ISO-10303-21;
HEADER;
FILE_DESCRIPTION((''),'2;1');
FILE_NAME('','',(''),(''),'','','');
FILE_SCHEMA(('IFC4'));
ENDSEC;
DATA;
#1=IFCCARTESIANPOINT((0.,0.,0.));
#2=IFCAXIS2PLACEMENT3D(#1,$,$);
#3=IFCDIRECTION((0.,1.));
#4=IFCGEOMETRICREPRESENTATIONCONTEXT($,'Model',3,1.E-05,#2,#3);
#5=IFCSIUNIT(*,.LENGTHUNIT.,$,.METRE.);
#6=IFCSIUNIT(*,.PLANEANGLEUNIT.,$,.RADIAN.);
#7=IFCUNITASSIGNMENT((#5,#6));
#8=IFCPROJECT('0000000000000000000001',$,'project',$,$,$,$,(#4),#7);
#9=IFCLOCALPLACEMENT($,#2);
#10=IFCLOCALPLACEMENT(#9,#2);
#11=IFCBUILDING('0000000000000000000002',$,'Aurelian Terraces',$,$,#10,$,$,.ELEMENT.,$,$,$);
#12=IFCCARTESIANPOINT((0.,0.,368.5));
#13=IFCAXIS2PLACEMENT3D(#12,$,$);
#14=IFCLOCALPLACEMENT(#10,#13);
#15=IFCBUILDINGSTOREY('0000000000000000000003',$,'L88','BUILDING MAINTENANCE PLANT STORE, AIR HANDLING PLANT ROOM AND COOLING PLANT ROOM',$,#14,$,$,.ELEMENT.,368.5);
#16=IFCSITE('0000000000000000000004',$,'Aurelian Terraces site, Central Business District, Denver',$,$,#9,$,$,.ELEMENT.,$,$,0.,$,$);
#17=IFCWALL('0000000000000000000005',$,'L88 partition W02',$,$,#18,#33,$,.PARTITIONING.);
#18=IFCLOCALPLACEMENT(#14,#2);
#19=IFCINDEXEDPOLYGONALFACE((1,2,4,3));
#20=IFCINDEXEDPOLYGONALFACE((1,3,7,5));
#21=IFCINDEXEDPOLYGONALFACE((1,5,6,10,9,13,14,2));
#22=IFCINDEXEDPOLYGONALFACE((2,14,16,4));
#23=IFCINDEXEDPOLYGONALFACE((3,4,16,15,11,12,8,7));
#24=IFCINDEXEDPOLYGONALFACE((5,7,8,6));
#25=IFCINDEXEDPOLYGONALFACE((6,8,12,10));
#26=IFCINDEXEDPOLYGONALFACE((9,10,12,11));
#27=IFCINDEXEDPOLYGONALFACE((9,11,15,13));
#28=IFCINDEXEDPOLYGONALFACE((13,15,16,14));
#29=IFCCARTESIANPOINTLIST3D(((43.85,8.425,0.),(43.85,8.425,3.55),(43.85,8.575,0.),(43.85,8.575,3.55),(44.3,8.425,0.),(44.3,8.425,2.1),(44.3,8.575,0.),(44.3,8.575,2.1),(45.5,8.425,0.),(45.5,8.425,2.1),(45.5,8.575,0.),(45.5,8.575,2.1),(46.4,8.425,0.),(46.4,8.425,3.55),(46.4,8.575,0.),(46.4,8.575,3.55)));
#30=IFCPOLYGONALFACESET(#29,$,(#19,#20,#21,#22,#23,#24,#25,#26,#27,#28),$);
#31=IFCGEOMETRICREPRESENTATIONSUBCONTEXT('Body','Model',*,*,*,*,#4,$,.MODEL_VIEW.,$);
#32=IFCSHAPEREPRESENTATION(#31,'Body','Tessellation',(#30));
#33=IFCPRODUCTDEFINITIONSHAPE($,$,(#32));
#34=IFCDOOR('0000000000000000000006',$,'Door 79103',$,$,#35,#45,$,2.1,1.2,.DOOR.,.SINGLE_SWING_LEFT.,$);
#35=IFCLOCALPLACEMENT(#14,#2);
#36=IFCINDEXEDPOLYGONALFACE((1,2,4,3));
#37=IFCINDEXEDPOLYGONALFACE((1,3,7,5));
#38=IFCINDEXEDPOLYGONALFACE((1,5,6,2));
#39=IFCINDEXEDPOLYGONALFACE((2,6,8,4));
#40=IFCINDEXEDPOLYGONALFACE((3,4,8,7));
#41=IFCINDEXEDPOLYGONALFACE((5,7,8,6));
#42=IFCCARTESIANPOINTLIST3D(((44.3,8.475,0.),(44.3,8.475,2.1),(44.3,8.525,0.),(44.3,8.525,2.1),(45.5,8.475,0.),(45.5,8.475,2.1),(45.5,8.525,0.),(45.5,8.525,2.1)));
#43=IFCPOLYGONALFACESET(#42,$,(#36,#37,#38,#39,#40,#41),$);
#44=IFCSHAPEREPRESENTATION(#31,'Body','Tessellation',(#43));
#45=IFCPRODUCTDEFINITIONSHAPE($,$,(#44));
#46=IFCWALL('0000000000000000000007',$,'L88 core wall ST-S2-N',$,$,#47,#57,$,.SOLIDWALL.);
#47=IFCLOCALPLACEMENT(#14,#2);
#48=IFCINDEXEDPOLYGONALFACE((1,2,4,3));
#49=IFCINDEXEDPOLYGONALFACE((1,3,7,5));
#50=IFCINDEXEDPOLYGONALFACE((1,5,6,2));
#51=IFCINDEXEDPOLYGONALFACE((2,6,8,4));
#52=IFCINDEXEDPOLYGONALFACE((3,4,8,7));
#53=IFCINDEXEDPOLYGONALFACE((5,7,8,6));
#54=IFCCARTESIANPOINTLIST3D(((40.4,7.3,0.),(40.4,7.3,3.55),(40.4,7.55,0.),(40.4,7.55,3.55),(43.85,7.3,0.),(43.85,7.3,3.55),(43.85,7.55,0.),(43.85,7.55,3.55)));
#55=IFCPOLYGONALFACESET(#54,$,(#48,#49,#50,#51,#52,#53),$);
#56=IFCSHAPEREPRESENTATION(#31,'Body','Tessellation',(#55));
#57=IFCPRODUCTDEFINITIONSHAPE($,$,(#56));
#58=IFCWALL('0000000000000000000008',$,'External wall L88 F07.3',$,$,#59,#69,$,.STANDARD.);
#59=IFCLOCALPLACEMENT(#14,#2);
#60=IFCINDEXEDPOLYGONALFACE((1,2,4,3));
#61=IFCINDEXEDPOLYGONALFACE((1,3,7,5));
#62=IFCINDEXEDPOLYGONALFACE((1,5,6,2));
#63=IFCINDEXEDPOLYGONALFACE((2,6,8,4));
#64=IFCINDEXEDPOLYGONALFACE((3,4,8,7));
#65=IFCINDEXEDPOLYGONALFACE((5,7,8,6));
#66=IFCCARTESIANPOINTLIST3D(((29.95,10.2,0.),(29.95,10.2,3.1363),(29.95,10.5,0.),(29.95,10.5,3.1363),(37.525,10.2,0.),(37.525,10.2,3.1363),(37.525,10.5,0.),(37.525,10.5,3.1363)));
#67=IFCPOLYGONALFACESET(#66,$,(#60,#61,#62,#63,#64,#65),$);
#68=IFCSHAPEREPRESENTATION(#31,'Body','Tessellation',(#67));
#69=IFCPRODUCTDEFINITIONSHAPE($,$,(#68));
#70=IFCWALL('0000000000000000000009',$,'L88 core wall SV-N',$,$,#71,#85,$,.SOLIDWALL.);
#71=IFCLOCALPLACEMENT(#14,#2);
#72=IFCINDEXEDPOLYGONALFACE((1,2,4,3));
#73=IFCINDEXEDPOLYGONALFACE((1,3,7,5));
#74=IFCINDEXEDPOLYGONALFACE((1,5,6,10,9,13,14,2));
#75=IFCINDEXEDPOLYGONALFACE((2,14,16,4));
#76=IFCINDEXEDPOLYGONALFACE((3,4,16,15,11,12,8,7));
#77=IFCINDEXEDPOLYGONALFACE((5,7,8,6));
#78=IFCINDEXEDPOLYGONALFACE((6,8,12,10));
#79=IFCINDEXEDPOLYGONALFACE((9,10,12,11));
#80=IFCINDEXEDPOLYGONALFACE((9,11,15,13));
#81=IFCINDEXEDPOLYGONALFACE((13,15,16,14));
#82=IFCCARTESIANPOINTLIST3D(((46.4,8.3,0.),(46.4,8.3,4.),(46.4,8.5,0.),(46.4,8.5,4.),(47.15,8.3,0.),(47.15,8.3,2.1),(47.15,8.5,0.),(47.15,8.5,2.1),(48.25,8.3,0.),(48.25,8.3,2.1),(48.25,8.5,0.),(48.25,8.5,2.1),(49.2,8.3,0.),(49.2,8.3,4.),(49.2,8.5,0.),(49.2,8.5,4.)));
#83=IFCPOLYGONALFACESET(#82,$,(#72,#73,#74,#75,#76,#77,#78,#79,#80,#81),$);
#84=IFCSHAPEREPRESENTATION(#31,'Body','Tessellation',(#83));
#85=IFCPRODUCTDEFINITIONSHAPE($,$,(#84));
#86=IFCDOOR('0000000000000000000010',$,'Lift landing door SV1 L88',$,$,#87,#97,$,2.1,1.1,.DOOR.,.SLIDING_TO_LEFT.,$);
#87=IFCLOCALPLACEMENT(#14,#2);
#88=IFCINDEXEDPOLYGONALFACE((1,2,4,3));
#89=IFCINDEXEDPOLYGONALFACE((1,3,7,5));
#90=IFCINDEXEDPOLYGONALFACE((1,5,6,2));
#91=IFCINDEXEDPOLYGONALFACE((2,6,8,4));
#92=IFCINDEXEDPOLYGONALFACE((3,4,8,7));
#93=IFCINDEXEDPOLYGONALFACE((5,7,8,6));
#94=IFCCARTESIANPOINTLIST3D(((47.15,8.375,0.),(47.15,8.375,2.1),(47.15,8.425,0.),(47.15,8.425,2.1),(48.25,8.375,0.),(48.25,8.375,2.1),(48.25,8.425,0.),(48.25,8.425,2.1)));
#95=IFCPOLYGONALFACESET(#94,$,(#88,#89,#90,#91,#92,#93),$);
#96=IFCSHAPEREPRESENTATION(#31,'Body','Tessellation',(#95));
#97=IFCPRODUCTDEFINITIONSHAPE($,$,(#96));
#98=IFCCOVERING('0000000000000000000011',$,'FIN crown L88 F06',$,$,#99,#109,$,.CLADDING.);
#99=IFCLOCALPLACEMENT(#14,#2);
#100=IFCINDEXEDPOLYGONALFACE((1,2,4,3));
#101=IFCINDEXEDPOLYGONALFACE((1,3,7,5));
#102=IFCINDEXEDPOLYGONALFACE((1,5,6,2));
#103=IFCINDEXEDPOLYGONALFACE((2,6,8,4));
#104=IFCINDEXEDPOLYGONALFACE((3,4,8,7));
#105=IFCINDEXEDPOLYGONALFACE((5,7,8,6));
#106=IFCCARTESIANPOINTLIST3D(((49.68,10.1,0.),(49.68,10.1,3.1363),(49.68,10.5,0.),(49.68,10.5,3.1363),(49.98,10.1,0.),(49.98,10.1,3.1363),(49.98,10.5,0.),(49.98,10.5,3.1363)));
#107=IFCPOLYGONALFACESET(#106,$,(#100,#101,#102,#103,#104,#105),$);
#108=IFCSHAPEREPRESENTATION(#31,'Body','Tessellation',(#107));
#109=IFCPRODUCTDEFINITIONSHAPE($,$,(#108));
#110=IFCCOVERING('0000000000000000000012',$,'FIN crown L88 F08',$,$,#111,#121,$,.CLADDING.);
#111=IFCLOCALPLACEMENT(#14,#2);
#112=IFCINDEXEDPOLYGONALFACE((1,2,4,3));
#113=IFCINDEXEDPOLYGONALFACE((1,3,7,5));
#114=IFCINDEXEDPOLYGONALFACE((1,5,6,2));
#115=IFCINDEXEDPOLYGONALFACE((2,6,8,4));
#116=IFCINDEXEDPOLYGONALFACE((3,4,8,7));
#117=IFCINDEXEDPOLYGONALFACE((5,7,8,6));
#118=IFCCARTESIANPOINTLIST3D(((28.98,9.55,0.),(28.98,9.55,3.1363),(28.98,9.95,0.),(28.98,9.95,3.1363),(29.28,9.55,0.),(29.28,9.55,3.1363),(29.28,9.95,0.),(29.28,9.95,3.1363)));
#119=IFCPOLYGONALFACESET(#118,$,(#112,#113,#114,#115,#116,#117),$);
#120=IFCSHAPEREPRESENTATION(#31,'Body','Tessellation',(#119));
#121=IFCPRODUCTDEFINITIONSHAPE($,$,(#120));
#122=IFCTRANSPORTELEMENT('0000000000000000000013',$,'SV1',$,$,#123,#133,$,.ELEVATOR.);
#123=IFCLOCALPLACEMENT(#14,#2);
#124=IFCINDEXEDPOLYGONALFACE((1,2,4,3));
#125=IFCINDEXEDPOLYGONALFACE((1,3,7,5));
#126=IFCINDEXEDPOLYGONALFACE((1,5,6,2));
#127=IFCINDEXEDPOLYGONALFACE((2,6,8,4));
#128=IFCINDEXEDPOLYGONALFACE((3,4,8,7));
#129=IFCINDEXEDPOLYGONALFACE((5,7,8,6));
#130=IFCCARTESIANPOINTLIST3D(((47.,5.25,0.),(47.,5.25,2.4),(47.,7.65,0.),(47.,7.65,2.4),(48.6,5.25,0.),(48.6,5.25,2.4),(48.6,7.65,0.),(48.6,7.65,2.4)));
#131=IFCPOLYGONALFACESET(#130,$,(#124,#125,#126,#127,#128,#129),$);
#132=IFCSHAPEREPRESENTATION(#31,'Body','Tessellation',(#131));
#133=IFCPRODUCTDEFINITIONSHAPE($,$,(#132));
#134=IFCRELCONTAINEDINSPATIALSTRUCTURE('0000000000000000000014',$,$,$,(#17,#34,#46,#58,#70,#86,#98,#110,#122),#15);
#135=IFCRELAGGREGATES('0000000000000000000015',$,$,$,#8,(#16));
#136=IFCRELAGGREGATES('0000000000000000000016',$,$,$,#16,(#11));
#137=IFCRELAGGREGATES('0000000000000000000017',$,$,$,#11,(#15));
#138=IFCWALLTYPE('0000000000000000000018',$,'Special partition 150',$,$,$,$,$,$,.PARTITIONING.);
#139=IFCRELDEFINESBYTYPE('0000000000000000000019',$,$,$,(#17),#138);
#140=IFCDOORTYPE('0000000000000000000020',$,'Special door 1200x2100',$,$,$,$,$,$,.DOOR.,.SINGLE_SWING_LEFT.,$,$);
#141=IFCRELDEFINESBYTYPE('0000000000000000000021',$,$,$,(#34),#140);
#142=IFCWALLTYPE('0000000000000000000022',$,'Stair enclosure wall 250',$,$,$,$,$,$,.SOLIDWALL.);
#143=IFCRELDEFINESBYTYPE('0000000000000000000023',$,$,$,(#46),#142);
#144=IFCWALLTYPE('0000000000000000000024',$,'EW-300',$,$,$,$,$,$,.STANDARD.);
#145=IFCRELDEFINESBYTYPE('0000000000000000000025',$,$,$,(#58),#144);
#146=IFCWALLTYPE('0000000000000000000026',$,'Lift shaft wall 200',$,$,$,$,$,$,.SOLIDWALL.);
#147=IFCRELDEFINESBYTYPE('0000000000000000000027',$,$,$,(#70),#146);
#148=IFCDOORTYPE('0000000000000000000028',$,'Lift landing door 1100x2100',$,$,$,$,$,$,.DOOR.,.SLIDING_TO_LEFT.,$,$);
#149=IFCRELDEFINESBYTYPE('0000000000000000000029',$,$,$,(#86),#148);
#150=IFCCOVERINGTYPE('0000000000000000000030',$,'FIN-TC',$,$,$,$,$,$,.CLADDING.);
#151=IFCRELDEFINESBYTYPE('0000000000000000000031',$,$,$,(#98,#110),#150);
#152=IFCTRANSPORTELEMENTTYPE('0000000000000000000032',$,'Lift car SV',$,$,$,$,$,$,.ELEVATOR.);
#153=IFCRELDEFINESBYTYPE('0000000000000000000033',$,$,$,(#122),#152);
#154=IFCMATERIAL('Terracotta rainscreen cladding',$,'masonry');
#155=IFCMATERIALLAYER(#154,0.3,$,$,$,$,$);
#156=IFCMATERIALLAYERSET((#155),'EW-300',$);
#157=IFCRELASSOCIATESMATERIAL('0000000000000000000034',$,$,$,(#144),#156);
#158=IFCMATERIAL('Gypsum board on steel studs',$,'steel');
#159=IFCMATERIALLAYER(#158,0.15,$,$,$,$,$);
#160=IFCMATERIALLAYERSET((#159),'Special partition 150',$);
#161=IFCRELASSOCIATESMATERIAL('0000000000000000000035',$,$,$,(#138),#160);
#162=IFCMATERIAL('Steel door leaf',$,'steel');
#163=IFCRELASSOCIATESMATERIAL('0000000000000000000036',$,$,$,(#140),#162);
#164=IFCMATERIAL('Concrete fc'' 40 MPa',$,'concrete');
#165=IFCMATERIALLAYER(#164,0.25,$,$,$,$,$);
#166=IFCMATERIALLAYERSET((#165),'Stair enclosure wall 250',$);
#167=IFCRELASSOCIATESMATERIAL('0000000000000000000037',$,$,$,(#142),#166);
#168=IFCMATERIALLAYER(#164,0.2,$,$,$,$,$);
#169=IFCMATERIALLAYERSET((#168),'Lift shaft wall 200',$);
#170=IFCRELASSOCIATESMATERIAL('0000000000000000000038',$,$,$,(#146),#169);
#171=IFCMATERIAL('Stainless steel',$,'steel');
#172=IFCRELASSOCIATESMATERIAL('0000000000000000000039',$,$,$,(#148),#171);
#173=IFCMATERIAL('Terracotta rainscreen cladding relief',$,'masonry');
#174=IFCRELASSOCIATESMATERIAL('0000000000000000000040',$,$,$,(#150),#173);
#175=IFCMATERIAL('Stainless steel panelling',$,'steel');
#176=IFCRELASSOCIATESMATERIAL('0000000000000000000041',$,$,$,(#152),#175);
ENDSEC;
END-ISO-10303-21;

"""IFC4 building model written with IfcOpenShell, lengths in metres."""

from ifc_helpers import new_model, si_unit, direction, frame, frame_2d, origin, origin_2d, place, context, subcontext, project, spatial, rectangle, extrude, source, transform, mapped, material, layer, layer_set, type_object, element, fill, save


model = new_model("IFC4")

# Units and contexts
model_context = context("Model", 3, precision=1e-05, world=origin(), true_north=direction((0.0, 1.0)))
body_context = subcontext(model_context, "Body", "Model", "MODEL_VIEW")
ifc_project = project(units=[si_unit("LENGTHUNIT", "METRE"), si_unit("PLANEANGLEUNIT", "RADIAN")], contexts=[model_context])

# Site, building, storey
site_placement = place(None, origin())
site = spatial("IfcSite", under=ifc_project, at=site_placement, Name="Aurelian Terraces site, Central Business District, Denver", CompositionType="ELEMENT", RefElevation=0.0)
building_placement = place(site_placement, origin())
building = spatial("IfcBuilding", under=site, at=building_placement, Name="Aurelian Terraces", CompositionType="ELEMENT")
storey_placement = place(building_placement, frame((0.0, 0.0, 368.5)))
storey = spatial("IfcBuildingStorey", under=building, at=storey_placement, Name="L88", Description="BUILDING MAINTENANCE PLANT STORE, AIR HANDLING PLANT ROOM AND COOLING PLANT ROOM", CompositionType="ELEMENT", Elevation=368.5)

# Shared definitions
ifc_material_1 = material(Name="Gypsum board on steel studs", Category="steel")
ifc_material_2 = material(Name="Steel door leaf", Category="steel")
shared_shape_1 = source(origin(), body_context, "Body", "SweptSolid", [
    extrude(rectangle(XDim=1.2, YDim=2.1, at=frame_2d((0.6, 1.05))), frame((0.0, 0.025, 0.0), z_axis=(0.0, -1.0, 0.0), x_axis=(1.0, 0.0, 0.0)), (0.0, 0.0, 1.0), 0.05),
])

# Shared definitions
ifc_material_3 = material(Name="Terracotta rainscreen cladding", Category="masonry")
ifc_layer_1 = layer(ifc_material_3, 0.3)
ifc_layer_set_1 = layer_set([ifc_layer_1], Name="EW-300")
wall_type_1 = type_object("IfcWallType", Name="EW-300", PredefinedType="STANDARD", material=ifc_layer_set_1)

# Shared definitions
ifc_layer_2 = layer(ifc_material_1, 0.15)
ifc_layer_set_2 = layer_set([ifc_layer_2], Name="Special partition 150")
wall_type_2 = type_object("IfcWallType", Name="Special partition 150", PredefinedType="PARTITIONING", material=ifc_layer_set_2)
shared_shape_2 = source(origin(), body_context, "Body", "SweptSolid", [
    extrude(rectangle(XDim=1.2, YDim=2.1, at=frame_2d((0.6, 1.05))), frame((0.0, 0.085, 0.0), z_axis=(0.0, -1.0, 0.0), x_axis=(1.0, 0.0, 0.0)), (0.0, 0.0, 1.0), 0.17),
])
door_type_1 = type_object("IfcDoorType", Name="Special door 1200x2100", OperationType="SINGLE_SWING_LEFT", PredefinedType="DOOR", material=ifc_material_2)

# Wall, opening, door
wall_1_placement = place(storey_placement, frame((43.85, 8.5, 0.0), z_axis=(0.0, 0.0, 1.0), x_axis=(1.0, 0.0, 0.0)))
wall_1 = element("IfcWall", 1, at=wall_1_placement, inside=storey, type_object=wall_type_2, Name="L88 partition W02", PredefinedType="PARTITIONING", context=body_context, shape_type="SweptSolid", body=[
    extrude(rectangle(XDim=2.55, YDim=0.15, at=frame_2d((1.275, 0.0))), origin(), (0.0, 0.0, 1.0), 3.55),
])
opening_1_placement = place(wall_1_placement, frame((0.45, 0.0, 0.0)))
opening_1 = element("IfcOpeningElement", 2, at=opening_1_placement, cuts=wall_1, PredefinedType="OPENING", context=body_context, shape_type="MappedRepresentation", body=[
    mapped(shared_shape_2, transform((0.0, 0.0, 0.0), scale=1.0)),
])
door_1_placement = place(opening_1_placement, origin())
door_1 = element("IfcDoor", 3, at=door_1_placement, inside=storey, type_object=door_type_1, Name="Door 79103", OperationType="SINGLE_SWING_LEFT", OverallHeight=2.1, OverallWidth=1.2, PredefinedType="DOOR", context=body_context, shape_type="MappedRepresentation", body=[
    mapped(shared_shape_1, transform((0.0, 0.0, 0.0), scale=1.0)),
])
fill(opening_1, door_1)

# Walls
ifc_material_4 = material(Name="Concrete fc' 40 MPa", Category="concrete")
ifc_layer_3 = layer(ifc_material_4, 0.25)
ifc_layer_set_3 = layer_set([ifc_layer_3], Name="Stair enclosure wall 250")
wall_type_3 = type_object("IfcWallType", Name="Stair enclosure wall 250", PredefinedType="SOLIDWALL", material=ifc_layer_set_3)
wall_2_placement = place(storey_placement, frame((40.4, 7.425, 0.0), z_axis=(0.0, 0.0, 1.0), x_axis=(1.0, 0.0, 0.0)))
element("IfcWall", 4, at=wall_2_placement, inside=storey, type_object=wall_type_3, Name="L88 core wall ST-S2-N", PredefinedType="SOLIDWALL", context=body_context, shape_type="SweptSolid", body=[
    extrude(rectangle(XDim=3.45, YDim=0.25, at=frame_2d((1.725, 0.0))), origin(), (0.0, 0.0, 1.0), 3.55),
])
shared_shape_3 = source(origin(), body_context, "Body", "SweptSolid", [
    extrude(rectangle(XDim=7.575, YDim=0.3, at=frame_2d((3.7875, 0.0))), origin(), (0.0, 0.0, 1.0), 3.1363),
])
wall_3_placement = place(storey_placement, frame((37.525, 10.35, 0.0), z_axis=(0.0, 0.0, 1.0), x_axis=(-1.0, 0.0, 0.0)))
element("IfcWall", 5, at=wall_3_placement, inside=storey, type_object=wall_type_1, Name="External wall L88 F07.3", PredefinedType="STANDARD", context=body_context, shape_type="MappedRepresentation", body=[
    mapped(shared_shape_3, transform((0.0, 0.0, 0.0), scale=1.0)),
])

# Wall, opening, door
ifc_layer_4 = layer(ifc_material_4, 0.2)
ifc_layer_set_4 = layer_set([ifc_layer_4], Name="Lift shaft wall 200")
wall_type_4 = type_object("IfcWallType", Name="Lift shaft wall 200", PredefinedType="SOLIDWALL", material=ifc_layer_set_4)
shared_shape_4 = source(origin(), body_context, "Body", "SweptSolid", [
    extrude(rectangle(XDim=2.8, YDim=0.2, at=frame_2d((1.4, 0.0))), origin(), (0.0, 0.0, 1.0), 4.0),
])
wall_4_placement = place(storey_placement, frame((46.4, 8.4, 0.0), z_axis=(0.0, 0.0, 1.0), x_axis=(1.0, 0.0, 0.0)))
wall_4 = element("IfcWall", 6, at=wall_4_placement, inside=storey, type_object=wall_type_4, Name="L88 core wall SV-N", PredefinedType="SOLIDWALL", context=body_context, shape_type="MappedRepresentation", body=[
    mapped(shared_shape_4, transform((0.0, 0.0, 0.0), scale=1.0)),
])
shared_shape_5 = source(origin(), body_context, "Body", "SweptSolid", [
    extrude(rectangle(XDim=1.1, YDim=2.1, at=frame_2d((0.55, 1.05))), frame((0.0, 0.11, 0.0), z_axis=(0.0, -1.0, 0.0), x_axis=(1.0, 0.0, 0.0)), (0.0, 0.0, 1.0), 0.22),
])
opening_2_placement = place(wall_4_placement, frame((0.75, 0.0, 0.0)))
opening_2 = element("IfcOpeningElement", 7, at=opening_2_placement, cuts=wall_4, PredefinedType="OPENING", context=body_context, shape_type="MappedRepresentation", body=[
    mapped(shared_shape_5, transform((0.0, 0.0, 0.0), scale=1.0)),
])
ifc_material_5 = material(Name="Stainless steel", Category="steel")
door_type_2 = type_object("IfcDoorType", Name="Lift landing door 1100x2100", OperationType="SLIDING_TO_LEFT", PredefinedType="DOOR", material=ifc_material_5)
shared_shape_6 = source(origin(), body_context, "Body", "SweptSolid", [
    extrude(rectangle(XDim=1.1, YDim=2.1, at=frame_2d((0.55, 1.05))), frame((0.0, 0.025, 0.0), z_axis=(0.0, -1.0, 0.0), x_axis=(1.0, 0.0, 0.0)), (0.0, 0.0, 1.0), 0.05),
])
door_2_placement = place(opening_2_placement, origin())
door_2 = element("IfcDoor", 8, at=door_2_placement, inside=storey, type_object=door_type_2, Name="Lift landing door SV1 L88", OperationType="SLIDING_TO_LEFT", OverallHeight=2.1, OverallWidth=1.1, PredefinedType="DOOR", context=body_context, shape_type="MappedRepresentation", body=[
    mapped(shared_shape_6, transform((0.0, 0.0, 0.0), scale=1.0)),
])
fill(opening_2, door_2)

# Coverings
ifc_material_6 = material(Name="Terracotta rainscreen cladding relief", Category="masonry")
covering_type = type_object("IfcCoveringType", Name="FIN-TC", PredefinedType="CLADDING", material=ifc_material_6)
shared_shape_7 = source(origin(), body_context, "Body", "SweptSolid", [
    extrude(rectangle(XDim=0.3, YDim=0.4, at=origin_2d()), origin(), (0.0, 0.0, 1.0), 3.1363),
])
for number, where, z_axis, x_axis, name in (
    (9, (49.83, 10.3, 0.0), (0.0, 0.0, 1.0), (1.0, 0.0, 0.0), "FIN crown L88 F06"),
    (10, (29.13, 9.75, 0.0), (0.0, 0.0, 1.0), (1.0, 0.0, 0.0), "FIN crown L88 F08"),
):
    element("IfcCovering", number, at=place(storey_placement, frame(where, z_axis=z_axis, x_axis=x_axis)), inside=storey, type_object=covering_type, Name=name, PredefinedType="CLADDING", context=body_context, shape_type="MappedRepresentation", body=[
        mapped(shared_shape_7, transform((0.0, 0.0, 0.0), scale=1.0)),
    ])

# Transport element
ifc_material_7 = material(Name="Stainless steel panelling", Category="steel")
transport_element_type = type_object("IfcTransportElementType", Name="Lift car SV", PredefinedType="ELEVATOR", material=ifc_material_7)
shared_shape_8 = source(origin(), body_context, "Body", "SweptSolid", [
    extrude(rectangle(XDim=1.6, YDim=2.4, at=origin_2d()), origin(), (0.0, 0.0, 1.0), 2.4),
])
transport_element_placement = place(storey_placement, frame((47.8, 6.45, 0.0), z_axis=(0.0, 0.0, 1.0), x_axis=(1.0, 0.0, 0.0)))
element("IfcTransportElement", 11, at=transport_element_placement, inside=storey, type_object=transport_element_type, Name="SV1", PredefinedType="ELEVATOR", context=body_context, shape_type="MappedRepresentation", body=[
    mapped(shared_shape_8, transform((0.0, 0.0, 0.0), scale=1.0)),
])

save(model, "model.ifc")
